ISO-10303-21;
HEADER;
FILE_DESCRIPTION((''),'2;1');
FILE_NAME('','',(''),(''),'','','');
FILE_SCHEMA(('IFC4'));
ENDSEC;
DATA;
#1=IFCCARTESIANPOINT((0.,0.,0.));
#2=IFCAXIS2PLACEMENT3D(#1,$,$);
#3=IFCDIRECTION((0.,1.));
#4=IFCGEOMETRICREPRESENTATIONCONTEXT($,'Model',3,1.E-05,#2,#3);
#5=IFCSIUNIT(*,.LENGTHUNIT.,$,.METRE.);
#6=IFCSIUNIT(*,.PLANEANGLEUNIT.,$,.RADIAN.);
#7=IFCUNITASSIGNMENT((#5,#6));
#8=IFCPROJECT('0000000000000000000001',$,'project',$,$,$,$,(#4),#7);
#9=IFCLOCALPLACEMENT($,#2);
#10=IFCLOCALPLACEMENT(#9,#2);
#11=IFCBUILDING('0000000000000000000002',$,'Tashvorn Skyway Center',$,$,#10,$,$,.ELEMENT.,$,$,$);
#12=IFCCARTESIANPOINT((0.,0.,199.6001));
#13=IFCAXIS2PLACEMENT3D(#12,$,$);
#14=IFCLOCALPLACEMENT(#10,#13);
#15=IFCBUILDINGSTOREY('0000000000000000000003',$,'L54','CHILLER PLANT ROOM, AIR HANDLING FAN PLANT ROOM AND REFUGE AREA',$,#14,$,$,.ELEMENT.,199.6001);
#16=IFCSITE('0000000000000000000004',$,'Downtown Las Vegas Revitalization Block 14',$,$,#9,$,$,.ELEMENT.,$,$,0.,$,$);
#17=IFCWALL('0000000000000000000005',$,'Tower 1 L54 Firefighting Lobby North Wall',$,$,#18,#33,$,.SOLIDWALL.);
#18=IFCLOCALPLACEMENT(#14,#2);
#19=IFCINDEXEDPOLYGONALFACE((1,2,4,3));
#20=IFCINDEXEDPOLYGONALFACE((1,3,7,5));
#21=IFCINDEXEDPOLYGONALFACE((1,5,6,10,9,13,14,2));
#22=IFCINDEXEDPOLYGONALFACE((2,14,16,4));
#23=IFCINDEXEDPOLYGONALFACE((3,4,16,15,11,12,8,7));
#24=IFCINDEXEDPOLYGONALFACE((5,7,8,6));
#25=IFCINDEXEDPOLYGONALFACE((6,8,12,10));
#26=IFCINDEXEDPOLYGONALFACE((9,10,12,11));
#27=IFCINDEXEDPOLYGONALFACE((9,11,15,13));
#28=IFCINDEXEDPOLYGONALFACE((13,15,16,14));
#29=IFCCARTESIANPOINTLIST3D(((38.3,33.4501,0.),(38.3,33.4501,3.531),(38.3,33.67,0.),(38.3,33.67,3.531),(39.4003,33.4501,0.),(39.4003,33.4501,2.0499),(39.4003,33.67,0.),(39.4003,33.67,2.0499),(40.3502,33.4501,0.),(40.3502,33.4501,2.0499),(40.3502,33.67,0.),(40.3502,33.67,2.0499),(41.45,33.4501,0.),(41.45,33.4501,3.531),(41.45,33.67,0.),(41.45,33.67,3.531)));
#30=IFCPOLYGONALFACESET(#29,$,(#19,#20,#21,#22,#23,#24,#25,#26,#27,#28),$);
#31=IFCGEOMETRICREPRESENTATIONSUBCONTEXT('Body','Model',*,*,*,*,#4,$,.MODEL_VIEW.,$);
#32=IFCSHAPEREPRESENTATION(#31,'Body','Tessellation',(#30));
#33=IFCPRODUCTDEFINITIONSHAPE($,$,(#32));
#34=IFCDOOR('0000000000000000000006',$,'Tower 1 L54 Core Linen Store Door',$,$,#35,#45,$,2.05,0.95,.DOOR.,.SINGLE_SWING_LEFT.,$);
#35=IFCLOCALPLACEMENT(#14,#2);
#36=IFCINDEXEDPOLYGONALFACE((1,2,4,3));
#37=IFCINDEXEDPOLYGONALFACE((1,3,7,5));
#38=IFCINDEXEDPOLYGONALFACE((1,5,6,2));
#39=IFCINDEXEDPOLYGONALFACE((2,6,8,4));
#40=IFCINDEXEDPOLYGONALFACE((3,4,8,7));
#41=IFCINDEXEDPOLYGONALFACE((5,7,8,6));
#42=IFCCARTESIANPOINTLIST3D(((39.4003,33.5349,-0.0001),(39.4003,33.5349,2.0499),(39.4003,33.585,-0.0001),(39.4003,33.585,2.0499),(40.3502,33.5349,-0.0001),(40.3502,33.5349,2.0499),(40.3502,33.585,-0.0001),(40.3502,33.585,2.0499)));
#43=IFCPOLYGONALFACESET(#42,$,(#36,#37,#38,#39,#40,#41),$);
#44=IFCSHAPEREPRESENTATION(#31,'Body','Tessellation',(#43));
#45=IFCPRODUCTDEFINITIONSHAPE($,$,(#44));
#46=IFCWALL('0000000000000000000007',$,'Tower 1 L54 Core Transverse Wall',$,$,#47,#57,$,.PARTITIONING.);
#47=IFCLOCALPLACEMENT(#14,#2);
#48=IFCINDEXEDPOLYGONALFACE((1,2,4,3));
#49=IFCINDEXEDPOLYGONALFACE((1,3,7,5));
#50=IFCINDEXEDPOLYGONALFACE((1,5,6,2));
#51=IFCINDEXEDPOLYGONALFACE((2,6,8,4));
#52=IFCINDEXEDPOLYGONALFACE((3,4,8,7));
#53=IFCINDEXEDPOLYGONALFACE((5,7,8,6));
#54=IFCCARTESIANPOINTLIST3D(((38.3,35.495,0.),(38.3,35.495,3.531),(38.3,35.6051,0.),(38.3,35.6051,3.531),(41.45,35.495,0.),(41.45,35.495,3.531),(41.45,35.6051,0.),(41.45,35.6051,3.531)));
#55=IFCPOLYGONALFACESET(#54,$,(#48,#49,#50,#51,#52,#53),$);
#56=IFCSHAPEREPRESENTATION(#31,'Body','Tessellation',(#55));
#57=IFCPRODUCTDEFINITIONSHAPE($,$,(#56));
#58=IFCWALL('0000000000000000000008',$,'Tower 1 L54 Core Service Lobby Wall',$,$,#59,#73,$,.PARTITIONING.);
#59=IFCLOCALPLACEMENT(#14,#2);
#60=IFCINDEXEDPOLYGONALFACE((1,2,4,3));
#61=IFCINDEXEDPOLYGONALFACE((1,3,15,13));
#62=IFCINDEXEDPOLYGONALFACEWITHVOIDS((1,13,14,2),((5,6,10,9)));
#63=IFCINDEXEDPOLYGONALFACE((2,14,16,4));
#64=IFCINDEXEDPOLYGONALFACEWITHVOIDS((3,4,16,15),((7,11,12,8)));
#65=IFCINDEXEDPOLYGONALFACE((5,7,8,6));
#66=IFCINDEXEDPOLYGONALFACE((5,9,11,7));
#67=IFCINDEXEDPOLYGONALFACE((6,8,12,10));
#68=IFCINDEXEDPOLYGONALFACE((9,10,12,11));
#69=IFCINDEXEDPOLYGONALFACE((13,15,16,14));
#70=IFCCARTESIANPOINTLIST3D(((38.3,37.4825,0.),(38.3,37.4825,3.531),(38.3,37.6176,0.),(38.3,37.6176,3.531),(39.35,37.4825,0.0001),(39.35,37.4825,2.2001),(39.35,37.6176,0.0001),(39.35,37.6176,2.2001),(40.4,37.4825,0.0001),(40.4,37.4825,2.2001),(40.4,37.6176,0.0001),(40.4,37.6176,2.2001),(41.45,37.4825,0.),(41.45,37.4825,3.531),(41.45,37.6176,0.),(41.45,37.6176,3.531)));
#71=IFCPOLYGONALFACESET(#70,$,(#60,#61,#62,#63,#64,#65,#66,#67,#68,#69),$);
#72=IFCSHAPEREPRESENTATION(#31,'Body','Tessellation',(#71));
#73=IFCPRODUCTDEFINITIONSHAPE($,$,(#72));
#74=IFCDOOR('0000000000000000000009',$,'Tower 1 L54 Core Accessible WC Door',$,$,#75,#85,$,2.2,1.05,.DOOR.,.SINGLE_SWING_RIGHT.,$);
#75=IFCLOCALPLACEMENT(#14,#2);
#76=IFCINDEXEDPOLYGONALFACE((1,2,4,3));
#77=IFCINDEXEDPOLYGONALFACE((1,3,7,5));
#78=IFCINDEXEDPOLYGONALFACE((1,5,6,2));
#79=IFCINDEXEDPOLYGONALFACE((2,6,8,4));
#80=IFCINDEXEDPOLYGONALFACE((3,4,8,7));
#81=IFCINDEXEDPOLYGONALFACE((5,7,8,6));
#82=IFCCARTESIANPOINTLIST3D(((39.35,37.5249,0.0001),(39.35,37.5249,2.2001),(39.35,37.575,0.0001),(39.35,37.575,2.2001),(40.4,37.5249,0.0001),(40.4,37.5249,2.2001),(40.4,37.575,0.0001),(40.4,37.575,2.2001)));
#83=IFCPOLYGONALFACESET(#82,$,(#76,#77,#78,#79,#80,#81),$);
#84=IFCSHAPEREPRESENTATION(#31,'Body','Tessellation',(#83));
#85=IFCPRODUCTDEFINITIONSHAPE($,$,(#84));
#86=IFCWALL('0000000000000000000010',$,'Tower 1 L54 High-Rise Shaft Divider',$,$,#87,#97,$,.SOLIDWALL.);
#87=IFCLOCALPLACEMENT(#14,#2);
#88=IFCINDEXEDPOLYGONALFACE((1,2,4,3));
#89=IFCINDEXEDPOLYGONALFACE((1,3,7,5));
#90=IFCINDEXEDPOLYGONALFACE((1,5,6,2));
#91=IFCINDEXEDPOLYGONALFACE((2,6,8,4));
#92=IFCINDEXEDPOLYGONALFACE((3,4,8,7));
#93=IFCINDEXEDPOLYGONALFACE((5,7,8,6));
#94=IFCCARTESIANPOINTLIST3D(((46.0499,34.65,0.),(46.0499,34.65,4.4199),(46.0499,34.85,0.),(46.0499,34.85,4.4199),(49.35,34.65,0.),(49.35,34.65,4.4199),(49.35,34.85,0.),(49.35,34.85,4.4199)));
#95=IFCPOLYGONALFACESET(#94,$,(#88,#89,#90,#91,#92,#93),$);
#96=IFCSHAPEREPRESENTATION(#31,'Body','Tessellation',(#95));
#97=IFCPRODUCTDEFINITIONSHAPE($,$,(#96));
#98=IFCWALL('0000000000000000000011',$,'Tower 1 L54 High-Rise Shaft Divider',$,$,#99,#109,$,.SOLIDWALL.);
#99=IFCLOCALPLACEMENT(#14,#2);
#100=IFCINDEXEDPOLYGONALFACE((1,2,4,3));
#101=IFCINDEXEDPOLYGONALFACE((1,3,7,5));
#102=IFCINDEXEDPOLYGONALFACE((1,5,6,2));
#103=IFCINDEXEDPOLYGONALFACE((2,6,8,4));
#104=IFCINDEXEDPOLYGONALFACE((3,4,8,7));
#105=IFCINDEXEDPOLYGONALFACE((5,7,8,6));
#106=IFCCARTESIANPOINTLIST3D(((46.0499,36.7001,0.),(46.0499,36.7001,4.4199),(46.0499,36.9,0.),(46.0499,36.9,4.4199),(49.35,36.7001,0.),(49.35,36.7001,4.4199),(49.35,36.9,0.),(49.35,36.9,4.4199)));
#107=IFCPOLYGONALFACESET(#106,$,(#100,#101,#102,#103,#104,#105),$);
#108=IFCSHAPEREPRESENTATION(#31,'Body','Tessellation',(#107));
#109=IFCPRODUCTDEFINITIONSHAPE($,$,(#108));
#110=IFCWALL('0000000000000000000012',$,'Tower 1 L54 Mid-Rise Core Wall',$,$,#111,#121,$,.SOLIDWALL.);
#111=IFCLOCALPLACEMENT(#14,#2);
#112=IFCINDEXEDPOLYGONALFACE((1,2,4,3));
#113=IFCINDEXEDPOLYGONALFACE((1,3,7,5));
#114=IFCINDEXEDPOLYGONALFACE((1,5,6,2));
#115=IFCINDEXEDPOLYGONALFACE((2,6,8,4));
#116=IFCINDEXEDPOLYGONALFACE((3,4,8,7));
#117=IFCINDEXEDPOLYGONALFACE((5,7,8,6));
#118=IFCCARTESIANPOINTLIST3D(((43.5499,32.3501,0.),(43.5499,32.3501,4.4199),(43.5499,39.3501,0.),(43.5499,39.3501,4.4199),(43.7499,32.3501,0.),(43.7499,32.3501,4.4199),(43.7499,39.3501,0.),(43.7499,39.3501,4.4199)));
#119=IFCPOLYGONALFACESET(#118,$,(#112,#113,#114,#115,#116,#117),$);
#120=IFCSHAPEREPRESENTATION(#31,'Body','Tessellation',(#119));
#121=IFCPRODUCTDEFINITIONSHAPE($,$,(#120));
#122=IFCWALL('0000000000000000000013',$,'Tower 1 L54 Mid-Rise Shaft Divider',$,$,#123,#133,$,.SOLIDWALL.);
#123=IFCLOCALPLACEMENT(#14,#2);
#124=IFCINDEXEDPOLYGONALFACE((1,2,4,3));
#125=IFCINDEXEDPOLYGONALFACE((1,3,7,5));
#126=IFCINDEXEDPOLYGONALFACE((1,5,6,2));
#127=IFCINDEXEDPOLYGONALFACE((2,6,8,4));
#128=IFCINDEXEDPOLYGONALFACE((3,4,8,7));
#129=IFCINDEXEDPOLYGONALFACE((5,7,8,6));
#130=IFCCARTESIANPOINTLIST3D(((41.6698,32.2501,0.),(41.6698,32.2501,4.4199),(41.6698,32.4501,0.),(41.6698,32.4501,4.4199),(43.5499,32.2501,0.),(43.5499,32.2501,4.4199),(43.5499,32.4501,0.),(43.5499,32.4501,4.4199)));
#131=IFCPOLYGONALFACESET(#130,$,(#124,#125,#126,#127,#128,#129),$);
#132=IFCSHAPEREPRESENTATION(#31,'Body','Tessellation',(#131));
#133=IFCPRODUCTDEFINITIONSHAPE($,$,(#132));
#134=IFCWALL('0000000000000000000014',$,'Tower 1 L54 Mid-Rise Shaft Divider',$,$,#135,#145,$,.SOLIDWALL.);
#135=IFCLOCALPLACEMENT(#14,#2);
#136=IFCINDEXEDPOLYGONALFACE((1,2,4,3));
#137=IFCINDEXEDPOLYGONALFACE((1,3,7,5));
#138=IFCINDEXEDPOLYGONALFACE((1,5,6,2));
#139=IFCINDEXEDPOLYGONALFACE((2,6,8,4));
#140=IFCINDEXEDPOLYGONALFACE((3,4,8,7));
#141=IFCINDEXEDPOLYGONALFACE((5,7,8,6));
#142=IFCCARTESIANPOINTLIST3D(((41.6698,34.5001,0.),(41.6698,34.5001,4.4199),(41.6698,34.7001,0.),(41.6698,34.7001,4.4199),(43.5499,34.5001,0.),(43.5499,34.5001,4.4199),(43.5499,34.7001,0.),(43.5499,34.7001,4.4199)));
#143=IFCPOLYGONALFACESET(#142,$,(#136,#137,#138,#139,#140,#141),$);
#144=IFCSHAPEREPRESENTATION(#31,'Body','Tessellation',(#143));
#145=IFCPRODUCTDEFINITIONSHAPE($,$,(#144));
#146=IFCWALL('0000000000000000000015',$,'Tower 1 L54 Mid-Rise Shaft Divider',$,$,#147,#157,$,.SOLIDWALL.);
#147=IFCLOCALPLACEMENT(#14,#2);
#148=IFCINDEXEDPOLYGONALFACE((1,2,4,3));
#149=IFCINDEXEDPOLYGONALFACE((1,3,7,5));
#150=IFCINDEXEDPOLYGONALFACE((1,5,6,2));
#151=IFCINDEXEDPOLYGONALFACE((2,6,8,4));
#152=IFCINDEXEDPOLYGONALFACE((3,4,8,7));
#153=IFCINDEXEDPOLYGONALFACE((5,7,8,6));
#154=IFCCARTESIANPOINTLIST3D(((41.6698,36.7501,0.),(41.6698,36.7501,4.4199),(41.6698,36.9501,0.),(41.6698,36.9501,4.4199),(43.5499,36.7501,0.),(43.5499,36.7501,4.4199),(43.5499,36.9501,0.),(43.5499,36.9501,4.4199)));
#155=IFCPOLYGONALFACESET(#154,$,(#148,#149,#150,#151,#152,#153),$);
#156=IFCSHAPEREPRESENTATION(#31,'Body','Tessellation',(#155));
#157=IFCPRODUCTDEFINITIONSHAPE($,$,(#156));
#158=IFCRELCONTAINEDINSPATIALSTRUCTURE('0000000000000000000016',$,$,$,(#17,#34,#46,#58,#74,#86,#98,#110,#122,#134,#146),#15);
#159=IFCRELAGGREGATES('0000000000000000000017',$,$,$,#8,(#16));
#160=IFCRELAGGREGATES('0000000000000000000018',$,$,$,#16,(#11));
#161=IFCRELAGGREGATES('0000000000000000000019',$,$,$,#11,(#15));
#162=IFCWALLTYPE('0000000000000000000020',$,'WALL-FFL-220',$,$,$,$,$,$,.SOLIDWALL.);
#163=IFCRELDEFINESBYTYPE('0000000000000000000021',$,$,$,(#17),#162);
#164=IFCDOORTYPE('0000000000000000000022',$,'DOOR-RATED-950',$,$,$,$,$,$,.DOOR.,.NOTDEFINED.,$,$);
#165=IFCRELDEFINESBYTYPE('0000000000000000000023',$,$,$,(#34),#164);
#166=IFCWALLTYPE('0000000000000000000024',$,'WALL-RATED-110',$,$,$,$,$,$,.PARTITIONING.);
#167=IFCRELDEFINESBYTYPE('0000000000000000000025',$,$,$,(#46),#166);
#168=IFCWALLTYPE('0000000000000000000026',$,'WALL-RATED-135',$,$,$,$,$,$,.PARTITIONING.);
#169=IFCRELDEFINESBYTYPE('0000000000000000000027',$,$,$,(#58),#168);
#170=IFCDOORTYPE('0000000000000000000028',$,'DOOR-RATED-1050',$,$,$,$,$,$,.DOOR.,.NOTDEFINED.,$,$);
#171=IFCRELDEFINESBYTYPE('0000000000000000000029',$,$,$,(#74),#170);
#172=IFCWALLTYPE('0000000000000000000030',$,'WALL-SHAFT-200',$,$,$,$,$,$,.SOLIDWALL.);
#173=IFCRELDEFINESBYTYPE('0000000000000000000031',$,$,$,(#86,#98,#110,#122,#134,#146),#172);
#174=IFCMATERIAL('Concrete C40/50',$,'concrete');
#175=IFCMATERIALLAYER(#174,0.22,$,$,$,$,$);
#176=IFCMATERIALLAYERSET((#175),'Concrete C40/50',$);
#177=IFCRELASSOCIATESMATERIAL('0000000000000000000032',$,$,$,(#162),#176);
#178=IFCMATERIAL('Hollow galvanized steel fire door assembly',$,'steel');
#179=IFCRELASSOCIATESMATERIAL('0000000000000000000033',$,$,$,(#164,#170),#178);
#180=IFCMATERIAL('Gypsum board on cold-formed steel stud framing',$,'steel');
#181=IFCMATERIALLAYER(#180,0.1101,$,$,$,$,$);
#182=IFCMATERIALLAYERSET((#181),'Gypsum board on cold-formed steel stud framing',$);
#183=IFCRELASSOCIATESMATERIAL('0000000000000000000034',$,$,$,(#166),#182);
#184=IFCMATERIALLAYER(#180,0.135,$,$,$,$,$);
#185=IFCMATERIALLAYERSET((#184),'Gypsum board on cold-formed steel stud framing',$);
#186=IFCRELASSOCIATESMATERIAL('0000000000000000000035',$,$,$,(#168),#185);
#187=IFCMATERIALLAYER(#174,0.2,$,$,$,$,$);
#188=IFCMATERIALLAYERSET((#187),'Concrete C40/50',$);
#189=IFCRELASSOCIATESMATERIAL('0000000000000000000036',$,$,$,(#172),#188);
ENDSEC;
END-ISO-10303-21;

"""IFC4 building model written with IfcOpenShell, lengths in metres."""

from ifc_helpers import new_model, si_unit, direction, frame, frame_2d, origin, place, context, subcontext, project, spatial, rectangle, extrude, material, layer, layer_set, type_object, element, fill, save


model = new_model("IFC4")

# Units and contexts
model_context = context("Model", 3, precision=1e-05, world=origin(), true_north=direction((0.0, 1.0)))
body_context = subcontext(model_context, "Body", "Model", "MODEL_VIEW")
ifc_project = project(units=[si_unit("LENGTHUNIT", "METRE"), si_unit("PLANEANGLEUNIT", "RADIAN")], contexts=[model_context])

# Site, building, storey
site_placement = place(None, origin())
site = spatial("IfcSite", under=ifc_project, at=site_placement, Name="Downtown Las Vegas Revitalization Block 14", CompositionType="ELEMENT", RefElevation=0.0)
building_placement = place(site_placement, origin())
building = spatial("IfcBuilding", under=site, at=building_placement, Name="Tashvorn Skyway Center", CompositionType="ELEMENT")
storey_placement = place(building_placement, frame((0.0, 0.0, 199.6001)))
storey = spatial("IfcBuildingStorey", under=building, at=storey_placement, Name="L54", Description="CHILLER PLANT ROOM, AIR HANDLING FAN PLANT ROOM AND REFUGE AREA", CompositionType="ELEMENT", Elevation=199.6001)

# Wall, opening, door
ifc_material_1 = material(Name="Concrete C40/50", Category="concrete")
ifc_layer_1 = layer(ifc_material_1, 0.22)
ifc_layer_set_1 = layer_set([ifc_layer_1], Name="Concrete C40/50")
wall_type_1 = type_object("IfcWallType", Name="WALL-FFL-220", PredefinedType="SOLIDWALL", material=ifc_layer_set_1)
wall_1_placement = place(storey_placement, frame((38.3, 33.5601, 0.0), z_axis=(0.0, 0.0, 1.0), x_axis=(1.0, 0.0, 0.0)))
wall_1 = element("IfcWall", 1, at=wall_1_placement, inside=storey, type_object=wall_type_1, Name="Tower 1 L54 Firefighting Lobby North Wall", PredefinedType="SOLIDWALL", context=body_context, shape_type="SweptSolid", body=[
    extrude(rectangle(XDim=3.1499, YDim=0.22, at=frame_2d((1.575, 0.0))), origin(), (0.0, 0.0, 1.0), 3.531),
])
opening_1_placement = place(wall_1_placement, frame((1.1001, 0.0, 0.0)))
opening_1 = element("IfcOpeningElement", 2, at=opening_1_placement, cuts=wall_1, PredefinedType="OPENING", context=body_context, shape_type="SweptSolid", body=[
    extrude(rectangle(XDim=0.95, YDim=2.05, at=frame_2d((0.4751, 1.0249))), frame((0.0, 0.1199, 0.0), z_axis=(0.0, -1.0, 0.0), x_axis=(1.0, 0.0, 0.0)), (0.0, 0.0, 1.0), 0.24),
])
ifc_material_2 = material(Name="Hollow galvanized steel fire door assembly", Category="steel")
door_type_1 = type_object("IfcDoorType", Name="DOOR-RATED-950", OperationType="NOTDEFINED", PredefinedType="DOOR", material=ifc_material_2)
door_1_placement = place(opening_1_placement, origin())
door_1 = element("IfcDoor", 3, at=door_1_placement, inside=storey, type_object=door_type_1, Name="Tower 1 L54 Core Linen Store Door", OperationType="SINGLE_SWING_LEFT", OverallHeight=2.05, OverallWidth=0.95, PredefinedType="DOOR", context=body_context, shape_type="SweptSolid", body=[
    extrude(rectangle(XDim=0.95, YDim=2.05, at=frame_2d((0.4751, 1.0249))), frame((0.0, 0.0249, 0.0), z_axis=(0.0, -1.0, 0.0), x_axis=(1.0, 0.0, 0.0)), (0.0, 0.0, 1.0), 0.05),
])
fill(opening_1, door_1)

# Wall
ifc_material_3 = material(Name="Gypsum board on cold-formed steel stud framing", Category="steel")
ifc_layer_2 = layer(ifc_material_3, 0.1101)
ifc_layer_set_2 = layer_set([ifc_layer_2], Name="Gypsum board on cold-formed steel stud framing")
wall_type_2 = type_object("IfcWallType", Name="WALL-RATED-110", PredefinedType="PARTITIONING", material=ifc_layer_set_2)
wall_2_placement = place(storey_placement, frame((38.3, 35.55, 0.0), z_axis=(0.0, 0.0, 1.0), x_axis=(1.0, 0.0, 0.0)))
element("IfcWall", 4, at=wall_2_placement, inside=storey, type_object=wall_type_2, Name="Tower 1 L54 Core Transverse Wall", PredefinedType="PARTITIONING", context=body_context, shape_type="SweptSolid", body=[
    extrude(rectangle(XDim=3.1499, YDim=0.1101, at=frame_2d((1.575, 0.0))), origin(), (0.0, 0.0, 1.0), 3.531),
])

# Wall, opening, door
ifc_layer_3 = layer(ifc_material_3, 0.135)
ifc_layer_set_3 = layer_set([ifc_layer_3], Name="Gypsum board on cold-formed steel stud framing")
wall_type_3 = type_object("IfcWallType", Name="WALL-RATED-135", PredefinedType="PARTITIONING", material=ifc_layer_set_3)
wall_3_placement = place(storey_placement, frame((38.3, 37.55, 0.0), z_axis=(0.0, 0.0, 1.0), x_axis=(1.0, 0.0, 0.0)))
wall_3 = element("IfcWall", 5, at=wall_3_placement, inside=storey, type_object=wall_type_3, Name="Tower 1 L54 Core Service Lobby Wall", PredefinedType="PARTITIONING", context=body_context, shape_type="SweptSolid", body=[
    extrude(rectangle(XDim=3.1499, YDim=0.135, at=frame_2d((1.575, 0.0))), origin(), (0.0, 0.0, 1.0), 3.531),
])
opening_2_placement = place(wall_3_placement, frame((1.05, 0.0, 0.0)))
opening_2 = element("IfcOpeningElement", 6, at=opening_2_placement, cuts=wall_3, PredefinedType="OPENING", context=body_context, shape_type="SweptSolid", body=[
    extrude(rectangle(XDim=1.05, YDim=2.2, at=frame_2d((0.5249, 1.1001))), frame((0.0, 0.0774, 0.0), z_axis=(0.0, -1.0, 0.0), x_axis=(1.0, 0.0, 0.0)), (0.0, 0.0, 1.0), 0.155),
])
door_type_2 = type_object("IfcDoorType", Name="DOOR-RATED-1050", OperationType="NOTDEFINED", PredefinedType="DOOR", material=ifc_material_2)
door_2_placement = place(opening_2_placement, origin())
door_2 = element("IfcDoor", 7, at=door_2_placement, inside=storey, type_object=door_type_2, Name="Tower 1 L54 Core Accessible WC Door", OperationType="SINGLE_SWING_RIGHT", OverallHeight=2.2, OverallWidth=1.05, PredefinedType="DOOR", context=body_context, shape_type="SweptSolid", body=[
    extrude(rectangle(XDim=1.05, YDim=2.2, at=frame_2d((0.5249, 1.1001))), frame((0.0, 0.0249, 0.0), z_axis=(0.0, -1.0, 0.0), x_axis=(1.0, 0.0, 0.0)), (0.0, 0.0, 1.0), 0.05),
])
fill(opening_2, door_2)

# Walls
ifc_layer_4 = layer(ifc_material_1, 0.2)
ifc_layer_set_4 = layer_set([ifc_layer_4], Name="Concrete C40/50")
wall_type_4 = type_object("IfcWallType", Name="WALL-SHAFT-200", PredefinedType="SOLIDWALL", material=ifc_layer_set_4)
for number, where, z_axis, x_axis, name in (
    (8, (46.05, 34.75, 0.0), (0.0, 0.0, 1.0), (1.0, 0.0, 0.0), "Tower 1 L54 High-Rise Shaft Divider"),
    (9, (46.05, 36.8, 0.0), (0.0, 0.0, 1.0), (1.0, 0.0, 0.0), "Tower 1 L54 High-Rise Shaft Divider"),
):
    element("IfcWall", number, at=place(storey_placement, frame(where, z_axis=z_axis, x_axis=x_axis)), inside=storey, type_object=wall_type_4, Name=name, PredefinedType="SOLIDWALL", context=body_context, shape_type="SweptSolid", body=[
        extrude(rectangle(XDim=3.3, YDim=0.2, at=frame_2d((1.6499, 0.0))), origin(), (0.0, 0.0, 1.0), 4.4199),
    ])
wall_4_placement = place(storey_placement, frame((43.6499, 32.3501, 0.0), z_axis=(0.0, 0.0, 1.0), x_axis=(0.0, 1.0, 0.0)))
element("IfcWall", 10, at=wall_4_placement, inside=storey, type_object=wall_type_4, Name="Tower 1 L54 Mid-Rise Core Wall", PredefinedType="SOLIDWALL", context=body_context, shape_type="SweptSolid", body=[
    extrude(rectangle(XDim=7.0, YDim=0.2, at=frame_2d((3.5, 0.0))), origin(), (0.0, 0.0, 1.0), 4.4199),
])
for number, where, z_axis, x_axis, name in (
    (11, (41.6699, 32.3501, 0.0), (0.0, 0.0, 1.0), (1.0, 0.0, 0.0), "Tower 1 L54 Mid-Rise Shaft Divider"),
    (12, (41.6699, 34.6001, 0.0), (0.0, 0.0, 1.0), (1.0, 0.0, 0.0), "Tower 1 L54 Mid-Rise Shaft Divider"),
    (13, (41.6699, 36.8501, 0.0), (0.0, 0.0, 1.0), (1.0, 0.0, 0.0), "Tower 1 L54 Mid-Rise Shaft Divider"),
):
    element("IfcWall", number, at=place(storey_placement, frame(where, z_axis=z_axis, x_axis=x_axis)), inside=storey, type_object=wall_type_4, Name=name, PredefinedType="SOLIDWALL", context=body_context, shape_type="SweptSolid", body=[
        extrude(rectangle(XDim=1.8801, YDim=0.2, at=frame_2d((0.9399, 0.0))), origin(), (0.0, 0.0, 1.0), 4.4199),
    ])

save(model, "model.ifc")
